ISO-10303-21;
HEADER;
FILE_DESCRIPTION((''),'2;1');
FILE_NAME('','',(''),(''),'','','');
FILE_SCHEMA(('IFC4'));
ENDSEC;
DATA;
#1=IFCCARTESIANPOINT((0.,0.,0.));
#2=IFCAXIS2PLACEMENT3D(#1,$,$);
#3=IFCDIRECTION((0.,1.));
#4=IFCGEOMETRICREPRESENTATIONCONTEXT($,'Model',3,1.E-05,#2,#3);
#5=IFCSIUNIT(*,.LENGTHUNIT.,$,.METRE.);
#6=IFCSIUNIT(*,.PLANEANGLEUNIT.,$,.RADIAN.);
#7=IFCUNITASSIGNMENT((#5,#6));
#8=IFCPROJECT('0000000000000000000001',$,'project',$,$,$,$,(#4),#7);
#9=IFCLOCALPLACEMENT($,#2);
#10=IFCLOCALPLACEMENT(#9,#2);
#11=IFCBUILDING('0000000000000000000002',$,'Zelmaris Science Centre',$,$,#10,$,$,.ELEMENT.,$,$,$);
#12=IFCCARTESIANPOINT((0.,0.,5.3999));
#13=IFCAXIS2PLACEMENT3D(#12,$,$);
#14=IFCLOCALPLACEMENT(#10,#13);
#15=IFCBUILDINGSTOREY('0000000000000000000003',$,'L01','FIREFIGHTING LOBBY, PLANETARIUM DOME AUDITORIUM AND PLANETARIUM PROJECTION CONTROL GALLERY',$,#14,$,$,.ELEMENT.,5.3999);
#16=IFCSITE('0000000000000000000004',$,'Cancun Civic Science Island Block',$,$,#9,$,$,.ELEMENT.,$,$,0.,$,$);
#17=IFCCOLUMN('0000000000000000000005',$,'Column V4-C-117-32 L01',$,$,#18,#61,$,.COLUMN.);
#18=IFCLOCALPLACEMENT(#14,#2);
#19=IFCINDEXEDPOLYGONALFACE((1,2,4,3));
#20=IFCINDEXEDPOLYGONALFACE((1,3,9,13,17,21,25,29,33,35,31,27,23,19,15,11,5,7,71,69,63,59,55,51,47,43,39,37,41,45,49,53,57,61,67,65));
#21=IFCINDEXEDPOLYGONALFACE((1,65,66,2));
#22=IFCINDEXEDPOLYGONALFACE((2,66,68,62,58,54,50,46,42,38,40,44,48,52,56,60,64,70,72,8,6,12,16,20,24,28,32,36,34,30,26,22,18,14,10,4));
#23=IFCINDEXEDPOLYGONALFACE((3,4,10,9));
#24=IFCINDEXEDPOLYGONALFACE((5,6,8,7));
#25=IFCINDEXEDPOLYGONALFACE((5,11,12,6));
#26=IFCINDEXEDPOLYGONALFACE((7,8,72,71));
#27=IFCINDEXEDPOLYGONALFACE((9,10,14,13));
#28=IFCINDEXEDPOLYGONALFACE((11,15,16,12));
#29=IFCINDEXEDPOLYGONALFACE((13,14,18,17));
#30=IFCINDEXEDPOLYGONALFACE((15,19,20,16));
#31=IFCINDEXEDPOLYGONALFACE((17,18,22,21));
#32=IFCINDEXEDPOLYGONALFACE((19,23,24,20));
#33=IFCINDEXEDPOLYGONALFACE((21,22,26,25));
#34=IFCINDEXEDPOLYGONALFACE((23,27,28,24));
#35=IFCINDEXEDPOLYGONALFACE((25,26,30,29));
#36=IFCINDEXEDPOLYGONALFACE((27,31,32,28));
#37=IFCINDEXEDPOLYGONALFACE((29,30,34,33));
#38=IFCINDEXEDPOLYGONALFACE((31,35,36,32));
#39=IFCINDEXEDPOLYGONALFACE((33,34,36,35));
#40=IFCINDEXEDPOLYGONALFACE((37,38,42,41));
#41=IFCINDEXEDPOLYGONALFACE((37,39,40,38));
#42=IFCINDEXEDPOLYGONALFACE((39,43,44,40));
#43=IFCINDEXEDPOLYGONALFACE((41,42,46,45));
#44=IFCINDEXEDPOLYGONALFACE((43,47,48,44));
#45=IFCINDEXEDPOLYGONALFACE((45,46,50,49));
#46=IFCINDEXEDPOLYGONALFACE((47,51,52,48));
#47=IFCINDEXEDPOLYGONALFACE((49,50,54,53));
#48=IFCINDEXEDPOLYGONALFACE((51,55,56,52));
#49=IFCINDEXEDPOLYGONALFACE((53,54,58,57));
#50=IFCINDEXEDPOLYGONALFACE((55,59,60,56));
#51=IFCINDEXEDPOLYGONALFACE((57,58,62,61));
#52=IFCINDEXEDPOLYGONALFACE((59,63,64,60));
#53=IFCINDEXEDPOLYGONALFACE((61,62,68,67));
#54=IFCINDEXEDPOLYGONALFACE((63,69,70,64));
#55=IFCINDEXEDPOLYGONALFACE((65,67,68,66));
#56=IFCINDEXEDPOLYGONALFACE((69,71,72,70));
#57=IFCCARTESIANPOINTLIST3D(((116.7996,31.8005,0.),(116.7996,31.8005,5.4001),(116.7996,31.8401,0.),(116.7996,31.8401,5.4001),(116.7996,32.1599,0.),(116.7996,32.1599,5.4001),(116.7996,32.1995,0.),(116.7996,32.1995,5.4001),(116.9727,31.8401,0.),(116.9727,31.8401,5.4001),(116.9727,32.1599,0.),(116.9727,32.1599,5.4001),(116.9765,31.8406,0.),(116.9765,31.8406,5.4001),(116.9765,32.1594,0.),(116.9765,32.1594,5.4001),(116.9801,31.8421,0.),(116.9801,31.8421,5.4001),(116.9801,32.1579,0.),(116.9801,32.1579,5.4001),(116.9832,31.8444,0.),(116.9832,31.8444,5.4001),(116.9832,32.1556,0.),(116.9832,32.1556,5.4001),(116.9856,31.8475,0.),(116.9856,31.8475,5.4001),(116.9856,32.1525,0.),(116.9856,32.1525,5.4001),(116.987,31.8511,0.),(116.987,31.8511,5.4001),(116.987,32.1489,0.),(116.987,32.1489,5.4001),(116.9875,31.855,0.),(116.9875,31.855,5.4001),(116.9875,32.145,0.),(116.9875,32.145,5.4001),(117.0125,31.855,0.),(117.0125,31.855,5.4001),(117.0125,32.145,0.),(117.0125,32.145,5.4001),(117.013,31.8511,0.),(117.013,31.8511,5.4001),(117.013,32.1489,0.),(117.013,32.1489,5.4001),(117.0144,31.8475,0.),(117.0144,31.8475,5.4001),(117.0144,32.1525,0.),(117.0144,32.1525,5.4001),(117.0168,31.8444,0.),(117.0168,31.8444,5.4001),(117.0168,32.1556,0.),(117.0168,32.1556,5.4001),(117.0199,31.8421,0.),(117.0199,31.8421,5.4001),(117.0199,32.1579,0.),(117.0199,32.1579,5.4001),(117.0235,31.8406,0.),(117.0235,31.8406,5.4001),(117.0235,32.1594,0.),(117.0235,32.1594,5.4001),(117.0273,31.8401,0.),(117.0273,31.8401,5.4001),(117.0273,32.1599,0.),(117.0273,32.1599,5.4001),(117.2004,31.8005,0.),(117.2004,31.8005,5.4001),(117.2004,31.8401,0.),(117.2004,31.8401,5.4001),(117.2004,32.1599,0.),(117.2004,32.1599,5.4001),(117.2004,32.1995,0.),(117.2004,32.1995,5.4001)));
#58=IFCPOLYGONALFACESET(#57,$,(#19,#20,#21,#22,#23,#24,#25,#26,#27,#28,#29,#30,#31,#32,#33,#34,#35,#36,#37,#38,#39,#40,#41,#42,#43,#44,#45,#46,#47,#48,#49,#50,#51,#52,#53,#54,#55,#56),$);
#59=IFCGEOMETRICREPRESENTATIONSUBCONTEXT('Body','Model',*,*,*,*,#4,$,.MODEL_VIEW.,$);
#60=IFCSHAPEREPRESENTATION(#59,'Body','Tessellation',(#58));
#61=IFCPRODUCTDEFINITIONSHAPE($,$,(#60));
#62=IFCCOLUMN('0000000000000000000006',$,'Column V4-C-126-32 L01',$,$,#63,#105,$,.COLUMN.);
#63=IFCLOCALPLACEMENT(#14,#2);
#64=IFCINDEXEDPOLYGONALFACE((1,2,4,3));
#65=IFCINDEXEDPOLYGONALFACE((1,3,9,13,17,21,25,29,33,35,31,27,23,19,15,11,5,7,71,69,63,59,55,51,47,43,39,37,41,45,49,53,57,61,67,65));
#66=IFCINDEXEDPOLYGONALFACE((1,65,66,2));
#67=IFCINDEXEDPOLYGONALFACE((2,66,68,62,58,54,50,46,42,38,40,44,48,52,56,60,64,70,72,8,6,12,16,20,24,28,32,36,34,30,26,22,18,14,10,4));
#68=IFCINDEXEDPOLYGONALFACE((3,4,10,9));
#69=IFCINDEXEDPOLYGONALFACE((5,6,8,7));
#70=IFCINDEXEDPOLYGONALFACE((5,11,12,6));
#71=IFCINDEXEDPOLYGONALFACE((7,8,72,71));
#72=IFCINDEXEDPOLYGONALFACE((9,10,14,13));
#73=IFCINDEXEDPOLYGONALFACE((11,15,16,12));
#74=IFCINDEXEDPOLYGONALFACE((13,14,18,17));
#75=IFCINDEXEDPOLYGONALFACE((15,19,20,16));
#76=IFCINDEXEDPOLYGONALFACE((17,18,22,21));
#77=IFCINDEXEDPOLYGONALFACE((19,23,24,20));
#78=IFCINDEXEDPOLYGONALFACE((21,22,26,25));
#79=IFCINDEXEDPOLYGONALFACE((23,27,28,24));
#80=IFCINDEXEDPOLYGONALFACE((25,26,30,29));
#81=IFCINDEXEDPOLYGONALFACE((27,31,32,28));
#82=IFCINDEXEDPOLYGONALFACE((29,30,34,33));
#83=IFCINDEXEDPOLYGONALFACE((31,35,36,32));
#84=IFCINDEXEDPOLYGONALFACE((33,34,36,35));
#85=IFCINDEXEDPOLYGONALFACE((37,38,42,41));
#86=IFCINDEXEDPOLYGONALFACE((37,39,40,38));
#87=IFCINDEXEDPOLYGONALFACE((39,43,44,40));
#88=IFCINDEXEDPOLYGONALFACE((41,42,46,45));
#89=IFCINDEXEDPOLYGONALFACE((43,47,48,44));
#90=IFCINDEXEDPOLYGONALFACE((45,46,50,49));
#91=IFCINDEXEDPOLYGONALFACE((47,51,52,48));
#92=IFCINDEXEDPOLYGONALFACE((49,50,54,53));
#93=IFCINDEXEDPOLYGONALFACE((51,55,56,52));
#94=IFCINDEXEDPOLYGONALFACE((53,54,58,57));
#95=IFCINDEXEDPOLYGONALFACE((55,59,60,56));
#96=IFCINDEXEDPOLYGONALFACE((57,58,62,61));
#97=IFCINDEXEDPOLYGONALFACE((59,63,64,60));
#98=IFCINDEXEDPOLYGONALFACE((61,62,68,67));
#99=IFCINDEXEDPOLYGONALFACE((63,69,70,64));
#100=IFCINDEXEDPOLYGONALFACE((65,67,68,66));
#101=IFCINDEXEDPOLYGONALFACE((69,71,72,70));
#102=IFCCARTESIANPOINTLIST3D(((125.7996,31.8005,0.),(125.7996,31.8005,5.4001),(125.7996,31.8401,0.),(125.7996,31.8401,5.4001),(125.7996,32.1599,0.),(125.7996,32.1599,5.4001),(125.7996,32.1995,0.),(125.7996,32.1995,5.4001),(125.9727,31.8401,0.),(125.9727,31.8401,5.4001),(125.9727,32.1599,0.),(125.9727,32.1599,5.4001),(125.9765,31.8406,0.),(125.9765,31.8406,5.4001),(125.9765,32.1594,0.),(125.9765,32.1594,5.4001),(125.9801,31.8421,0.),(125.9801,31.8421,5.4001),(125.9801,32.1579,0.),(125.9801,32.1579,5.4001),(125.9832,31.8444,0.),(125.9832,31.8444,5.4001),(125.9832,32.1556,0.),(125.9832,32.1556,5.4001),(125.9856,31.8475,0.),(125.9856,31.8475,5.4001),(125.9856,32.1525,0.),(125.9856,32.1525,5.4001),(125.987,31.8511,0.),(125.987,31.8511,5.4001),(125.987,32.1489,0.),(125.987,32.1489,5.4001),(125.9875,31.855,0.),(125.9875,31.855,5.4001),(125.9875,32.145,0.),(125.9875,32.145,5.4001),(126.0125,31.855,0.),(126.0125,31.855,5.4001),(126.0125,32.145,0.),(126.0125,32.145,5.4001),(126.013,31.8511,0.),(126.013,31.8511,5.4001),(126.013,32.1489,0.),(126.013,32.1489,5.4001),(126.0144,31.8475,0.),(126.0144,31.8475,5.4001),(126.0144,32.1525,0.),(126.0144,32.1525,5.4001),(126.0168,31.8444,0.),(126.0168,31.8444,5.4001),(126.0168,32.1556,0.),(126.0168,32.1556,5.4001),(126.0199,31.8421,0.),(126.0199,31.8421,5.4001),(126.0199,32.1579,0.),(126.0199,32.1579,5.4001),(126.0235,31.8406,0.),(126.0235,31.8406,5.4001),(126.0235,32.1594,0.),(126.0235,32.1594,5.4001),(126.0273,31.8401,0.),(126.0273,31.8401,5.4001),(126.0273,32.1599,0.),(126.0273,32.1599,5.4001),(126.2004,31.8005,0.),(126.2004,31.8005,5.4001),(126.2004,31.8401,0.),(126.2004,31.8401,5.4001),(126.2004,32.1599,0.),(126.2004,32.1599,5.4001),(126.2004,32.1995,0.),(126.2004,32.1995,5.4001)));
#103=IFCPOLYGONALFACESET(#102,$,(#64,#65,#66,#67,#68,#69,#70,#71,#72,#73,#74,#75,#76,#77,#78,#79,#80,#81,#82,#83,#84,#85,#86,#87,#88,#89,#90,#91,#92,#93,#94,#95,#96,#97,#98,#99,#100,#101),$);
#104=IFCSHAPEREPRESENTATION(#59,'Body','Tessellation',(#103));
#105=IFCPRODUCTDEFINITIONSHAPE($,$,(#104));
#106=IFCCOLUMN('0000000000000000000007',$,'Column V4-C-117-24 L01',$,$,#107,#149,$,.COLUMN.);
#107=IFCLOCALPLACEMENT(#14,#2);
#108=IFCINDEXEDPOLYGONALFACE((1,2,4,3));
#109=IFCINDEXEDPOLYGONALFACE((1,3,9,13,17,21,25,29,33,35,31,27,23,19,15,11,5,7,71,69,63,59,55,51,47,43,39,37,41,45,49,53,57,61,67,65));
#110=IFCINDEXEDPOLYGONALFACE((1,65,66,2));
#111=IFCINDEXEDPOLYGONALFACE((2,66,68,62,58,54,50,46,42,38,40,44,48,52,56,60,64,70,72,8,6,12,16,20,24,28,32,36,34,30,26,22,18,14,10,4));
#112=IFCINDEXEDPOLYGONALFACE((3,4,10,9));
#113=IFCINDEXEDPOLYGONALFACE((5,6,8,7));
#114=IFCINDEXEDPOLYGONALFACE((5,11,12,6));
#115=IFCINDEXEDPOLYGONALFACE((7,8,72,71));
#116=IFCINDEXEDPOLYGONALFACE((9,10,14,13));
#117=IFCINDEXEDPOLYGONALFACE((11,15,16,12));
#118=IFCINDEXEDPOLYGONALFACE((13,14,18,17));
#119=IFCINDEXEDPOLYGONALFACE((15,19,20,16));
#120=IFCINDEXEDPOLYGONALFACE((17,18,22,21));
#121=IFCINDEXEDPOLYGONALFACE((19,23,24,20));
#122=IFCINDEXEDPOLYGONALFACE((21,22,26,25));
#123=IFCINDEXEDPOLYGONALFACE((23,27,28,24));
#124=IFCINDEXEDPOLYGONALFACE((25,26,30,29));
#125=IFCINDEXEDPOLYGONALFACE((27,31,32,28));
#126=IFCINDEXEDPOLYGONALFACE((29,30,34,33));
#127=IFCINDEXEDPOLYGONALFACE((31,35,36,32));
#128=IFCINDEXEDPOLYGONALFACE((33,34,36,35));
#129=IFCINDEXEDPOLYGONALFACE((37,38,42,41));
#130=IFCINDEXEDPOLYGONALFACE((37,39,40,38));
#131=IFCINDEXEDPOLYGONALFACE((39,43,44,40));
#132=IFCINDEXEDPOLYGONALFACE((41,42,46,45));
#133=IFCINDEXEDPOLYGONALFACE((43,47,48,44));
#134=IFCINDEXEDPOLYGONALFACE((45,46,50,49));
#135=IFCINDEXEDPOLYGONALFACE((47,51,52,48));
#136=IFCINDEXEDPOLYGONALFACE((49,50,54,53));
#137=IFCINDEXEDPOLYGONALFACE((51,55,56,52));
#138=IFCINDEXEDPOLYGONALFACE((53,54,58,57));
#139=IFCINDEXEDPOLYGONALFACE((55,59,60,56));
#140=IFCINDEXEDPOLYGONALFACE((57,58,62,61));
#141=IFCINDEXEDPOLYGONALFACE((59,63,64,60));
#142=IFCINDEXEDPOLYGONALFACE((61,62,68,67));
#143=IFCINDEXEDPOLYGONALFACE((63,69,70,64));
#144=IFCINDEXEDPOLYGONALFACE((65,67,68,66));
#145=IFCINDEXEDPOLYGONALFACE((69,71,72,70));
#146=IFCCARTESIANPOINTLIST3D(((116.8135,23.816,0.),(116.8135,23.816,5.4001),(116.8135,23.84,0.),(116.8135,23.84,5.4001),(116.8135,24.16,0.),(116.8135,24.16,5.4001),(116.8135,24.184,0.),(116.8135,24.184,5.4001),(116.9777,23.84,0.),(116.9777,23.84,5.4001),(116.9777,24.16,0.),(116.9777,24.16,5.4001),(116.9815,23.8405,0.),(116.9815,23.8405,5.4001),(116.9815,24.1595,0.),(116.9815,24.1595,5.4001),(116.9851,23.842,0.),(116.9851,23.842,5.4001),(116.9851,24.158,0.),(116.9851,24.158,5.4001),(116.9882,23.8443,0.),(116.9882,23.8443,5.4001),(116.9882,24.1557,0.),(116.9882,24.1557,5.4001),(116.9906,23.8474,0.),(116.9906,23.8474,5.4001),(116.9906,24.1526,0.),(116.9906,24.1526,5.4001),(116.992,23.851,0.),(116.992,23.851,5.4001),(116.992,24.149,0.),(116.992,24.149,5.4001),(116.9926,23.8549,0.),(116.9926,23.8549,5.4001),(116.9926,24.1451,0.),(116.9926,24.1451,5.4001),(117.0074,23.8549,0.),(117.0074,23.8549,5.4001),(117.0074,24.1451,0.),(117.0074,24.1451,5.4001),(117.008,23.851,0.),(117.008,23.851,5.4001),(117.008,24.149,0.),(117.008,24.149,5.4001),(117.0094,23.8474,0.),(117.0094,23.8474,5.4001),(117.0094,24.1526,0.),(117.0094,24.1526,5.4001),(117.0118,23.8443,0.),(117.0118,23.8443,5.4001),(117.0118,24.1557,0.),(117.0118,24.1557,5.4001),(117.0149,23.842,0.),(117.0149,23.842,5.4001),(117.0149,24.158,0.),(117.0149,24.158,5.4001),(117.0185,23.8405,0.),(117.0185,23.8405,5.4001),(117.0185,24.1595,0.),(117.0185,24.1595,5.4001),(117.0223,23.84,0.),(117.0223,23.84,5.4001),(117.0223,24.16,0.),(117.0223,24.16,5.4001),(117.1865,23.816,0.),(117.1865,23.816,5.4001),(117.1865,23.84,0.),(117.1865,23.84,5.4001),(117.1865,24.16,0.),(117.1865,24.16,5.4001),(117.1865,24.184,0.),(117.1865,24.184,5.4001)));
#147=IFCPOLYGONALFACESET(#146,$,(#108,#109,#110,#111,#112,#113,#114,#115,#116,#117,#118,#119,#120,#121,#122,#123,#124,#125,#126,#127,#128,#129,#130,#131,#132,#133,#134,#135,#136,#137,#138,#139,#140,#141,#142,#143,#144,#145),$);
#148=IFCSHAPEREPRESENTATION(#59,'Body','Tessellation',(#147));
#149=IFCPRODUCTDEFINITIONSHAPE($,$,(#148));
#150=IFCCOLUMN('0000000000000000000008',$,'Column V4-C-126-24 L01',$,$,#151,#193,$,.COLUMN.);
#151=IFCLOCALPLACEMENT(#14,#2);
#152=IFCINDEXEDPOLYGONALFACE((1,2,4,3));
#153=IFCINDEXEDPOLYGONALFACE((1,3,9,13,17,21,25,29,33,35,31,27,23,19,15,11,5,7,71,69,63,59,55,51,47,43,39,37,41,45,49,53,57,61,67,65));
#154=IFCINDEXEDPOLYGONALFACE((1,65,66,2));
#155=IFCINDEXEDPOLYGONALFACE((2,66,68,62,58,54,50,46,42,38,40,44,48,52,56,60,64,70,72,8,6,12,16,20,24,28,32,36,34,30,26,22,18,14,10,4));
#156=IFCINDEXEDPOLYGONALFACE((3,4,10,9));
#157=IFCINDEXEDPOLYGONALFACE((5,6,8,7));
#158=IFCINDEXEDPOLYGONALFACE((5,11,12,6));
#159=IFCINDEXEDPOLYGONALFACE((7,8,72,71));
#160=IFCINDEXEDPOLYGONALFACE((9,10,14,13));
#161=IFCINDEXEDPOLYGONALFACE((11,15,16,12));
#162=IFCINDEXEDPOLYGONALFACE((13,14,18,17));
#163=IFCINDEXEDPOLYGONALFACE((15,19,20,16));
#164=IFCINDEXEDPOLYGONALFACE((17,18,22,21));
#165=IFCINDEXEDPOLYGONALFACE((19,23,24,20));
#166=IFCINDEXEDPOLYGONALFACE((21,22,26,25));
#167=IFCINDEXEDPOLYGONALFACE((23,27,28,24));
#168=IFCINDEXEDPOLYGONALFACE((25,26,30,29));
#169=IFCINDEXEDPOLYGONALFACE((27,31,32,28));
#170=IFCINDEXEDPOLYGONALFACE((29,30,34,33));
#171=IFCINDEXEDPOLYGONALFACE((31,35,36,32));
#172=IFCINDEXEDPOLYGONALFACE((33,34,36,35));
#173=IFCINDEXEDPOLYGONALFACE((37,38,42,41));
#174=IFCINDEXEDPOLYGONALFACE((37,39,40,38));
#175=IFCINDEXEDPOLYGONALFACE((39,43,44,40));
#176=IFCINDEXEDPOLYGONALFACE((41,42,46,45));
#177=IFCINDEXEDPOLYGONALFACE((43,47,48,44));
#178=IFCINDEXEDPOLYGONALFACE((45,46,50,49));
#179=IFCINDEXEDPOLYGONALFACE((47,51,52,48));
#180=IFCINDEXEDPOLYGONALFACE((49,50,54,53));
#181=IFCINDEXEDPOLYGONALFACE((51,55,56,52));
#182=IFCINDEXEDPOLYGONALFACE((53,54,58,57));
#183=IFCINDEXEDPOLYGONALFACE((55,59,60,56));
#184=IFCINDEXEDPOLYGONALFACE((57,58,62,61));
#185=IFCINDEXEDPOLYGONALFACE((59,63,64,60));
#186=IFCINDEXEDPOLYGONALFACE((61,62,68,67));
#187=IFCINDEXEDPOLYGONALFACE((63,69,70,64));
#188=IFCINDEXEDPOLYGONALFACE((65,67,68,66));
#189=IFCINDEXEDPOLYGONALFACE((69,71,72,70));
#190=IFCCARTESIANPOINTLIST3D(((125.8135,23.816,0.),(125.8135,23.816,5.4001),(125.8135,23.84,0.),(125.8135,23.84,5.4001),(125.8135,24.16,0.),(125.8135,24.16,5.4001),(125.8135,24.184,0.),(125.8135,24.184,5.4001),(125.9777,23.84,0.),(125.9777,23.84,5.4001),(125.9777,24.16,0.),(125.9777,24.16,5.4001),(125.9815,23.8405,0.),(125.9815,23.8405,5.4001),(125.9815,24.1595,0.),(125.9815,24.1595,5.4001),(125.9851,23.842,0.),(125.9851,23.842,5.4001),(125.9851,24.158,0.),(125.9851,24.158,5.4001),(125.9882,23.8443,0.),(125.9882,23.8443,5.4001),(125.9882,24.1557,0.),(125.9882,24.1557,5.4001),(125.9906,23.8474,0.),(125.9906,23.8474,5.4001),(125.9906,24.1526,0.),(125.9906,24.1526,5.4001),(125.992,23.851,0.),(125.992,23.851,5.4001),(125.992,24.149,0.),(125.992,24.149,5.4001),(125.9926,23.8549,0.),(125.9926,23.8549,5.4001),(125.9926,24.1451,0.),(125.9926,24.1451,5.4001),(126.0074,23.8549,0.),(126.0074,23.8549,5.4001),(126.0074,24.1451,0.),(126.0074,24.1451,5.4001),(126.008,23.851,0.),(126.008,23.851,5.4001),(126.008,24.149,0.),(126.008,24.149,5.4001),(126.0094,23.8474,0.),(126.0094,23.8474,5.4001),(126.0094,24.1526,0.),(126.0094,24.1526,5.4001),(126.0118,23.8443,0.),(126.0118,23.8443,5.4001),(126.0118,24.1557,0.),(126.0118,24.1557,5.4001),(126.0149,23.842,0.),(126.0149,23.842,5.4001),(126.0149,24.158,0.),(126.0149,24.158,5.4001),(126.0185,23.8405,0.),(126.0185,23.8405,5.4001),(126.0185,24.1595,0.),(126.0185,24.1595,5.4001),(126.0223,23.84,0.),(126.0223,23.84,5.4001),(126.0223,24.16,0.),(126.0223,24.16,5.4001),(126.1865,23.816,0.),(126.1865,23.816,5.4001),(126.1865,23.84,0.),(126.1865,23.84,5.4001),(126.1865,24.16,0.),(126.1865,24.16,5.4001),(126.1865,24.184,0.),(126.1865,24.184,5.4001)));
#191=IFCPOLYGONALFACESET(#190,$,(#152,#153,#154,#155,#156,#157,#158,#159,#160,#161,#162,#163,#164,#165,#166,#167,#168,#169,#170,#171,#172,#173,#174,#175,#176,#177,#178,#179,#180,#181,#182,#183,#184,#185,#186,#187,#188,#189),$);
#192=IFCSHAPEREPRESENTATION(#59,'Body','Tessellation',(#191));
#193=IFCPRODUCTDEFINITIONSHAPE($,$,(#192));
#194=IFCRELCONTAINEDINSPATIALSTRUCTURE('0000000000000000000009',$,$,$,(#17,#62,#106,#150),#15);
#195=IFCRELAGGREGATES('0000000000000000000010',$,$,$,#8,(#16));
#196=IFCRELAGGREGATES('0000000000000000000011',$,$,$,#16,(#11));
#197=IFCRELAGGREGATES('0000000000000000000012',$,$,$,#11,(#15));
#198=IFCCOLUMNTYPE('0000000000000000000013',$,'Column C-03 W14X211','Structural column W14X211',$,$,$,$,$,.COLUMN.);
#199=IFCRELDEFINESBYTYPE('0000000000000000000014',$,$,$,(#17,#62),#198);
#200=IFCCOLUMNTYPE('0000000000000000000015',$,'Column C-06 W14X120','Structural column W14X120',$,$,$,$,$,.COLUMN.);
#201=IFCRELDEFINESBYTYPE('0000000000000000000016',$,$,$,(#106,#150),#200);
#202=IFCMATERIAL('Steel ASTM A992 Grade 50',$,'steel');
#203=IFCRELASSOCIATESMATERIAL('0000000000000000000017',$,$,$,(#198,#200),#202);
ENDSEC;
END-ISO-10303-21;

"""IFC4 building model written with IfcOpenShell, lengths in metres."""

from ifc_helpers import new_model, si_unit, direction, frame, origin, origin_2d, place, context, subcontext, project, spatial, i_section, extrude, material, material_profile, profile_set, type_object, element, save


model = new_model("IFC4")

# Units and contexts
model_context = context("Model", 3, precision=1e-05, world=origin(), true_north=direction((0.0, 1.0)))
body_context = subcontext(model_context, "Body", "Model", "MODEL_VIEW")
ifc_project = project(units=[si_unit("LENGTHUNIT", "METRE"), si_unit("PLANEANGLEUNIT", "RADIAN")], contexts=[model_context])

# Site, building, storey
site_placement = place(None, origin())
site = spatial("IfcSite", under=ifc_project, at=site_placement, Name="Cancun Civic Science Island Block", CompositionType="ELEMENT", RefElevation=0.0)
building_placement = place(site_placement, origin())
building = spatial("IfcBuilding", under=site, at=building_placement, Name="Zelmaris Science Centre", CompositionType="ELEMENT")
storey_placement = place(building_placement, frame((0.0, 0.0, 5.3999)))
storey = spatial("IfcBuildingStorey", under=building, at=storey_placement, Name="L01", Description="FIREFIGHTING LOBBY, PLANETARIUM DOME AUDITORIUM AND PLANETARIUM PROJECTION CONTROL GALLERY", CompositionType="ELEMENT", Elevation=5.3999)

# Columns
ifc_material_1 = material(Name="Steel ASTM A992 Grade 50", Category="steel")
ifc_material_profile_1 = material_profile(ifc_material_1, i_section(OverallWidth=0.4009, OverallDepth=0.3989, WebThickness=0.0249, FlangeThickness=0.0396, FilletRadius=0.0149, at=origin_2d()), Name="W14X211")
ifc_profile_set_1 = profile_set([ifc_material_profile_1], Name="Steel ASTM A992 Grade 50")
column_type_1 = type_object("IfcColumnType", Name="Column C-03 W14X211", Description="Structural column W14X211", PredefinedType="COLUMN", material=ifc_profile_set_1)
for number, where, z_axis, x_axis, name in (
    (1, (117.0, 32.0, 0.0), (0.0, 0.0, 1.0), (1.0, 0.0, 0.0), "Column V4-C-117-32 L01"),
    (2, (126.0, 32.0, 0.0), (0.0, 0.0, 1.0), (1.0, 0.0, 0.0), "Column V4-C-126-32 L01"),
):
    element("IfcColumn", number, at=place(storey_placement, frame(where, z_axis=z_axis, x_axis=x_axis)), inside=storey, type_object=column_type_1, Name=name, PredefinedType="COLUMN", context=body_context, shape_type="SweptSolid", body=[
        extrude(i_section(OverallWidth=0.4009, OverallDepth=0.3989, WebThickness=0.0249, FlangeThickness=0.0396, FilletRadius=0.0149, at=origin_2d()), origin(), (0.0, 0.0, 1.0), 5.4001),
    ])
ifc_material_profile_2 = material_profile(ifc_material_1, i_section(OverallWidth=0.373, OverallDepth=0.3679, WebThickness=0.0149, FlangeThickness=0.0239, FilletRadius=0.0149, at=origin_2d()), Name="W14X120")
ifc_profile_set_2 = profile_set([ifc_material_profile_2], Name="Steel ASTM A992 Grade 50")
column_type_2 = type_object("IfcColumnType", Name="Column C-06 W14X120", Description="Structural column W14X120", PredefinedType="COLUMN", material=ifc_profile_set_2)
for number, where, z_axis, x_axis, name in (
    (3, (117.0, 24.0, 0.0), (0.0, 0.0, 1.0), (1.0, 0.0, 0.0), "Column V4-C-117-24 L01"),
    (4, (126.0, 24.0, 0.0), (0.0, 0.0, 1.0), (1.0, 0.0, 0.0), "Column V4-C-126-24 L01"),
):
    element("IfcColumn", number, at=place(storey_placement, frame(where, z_axis=z_axis, x_axis=x_axis)), inside=storey, type_object=column_type_2, Name=name, PredefinedType="COLUMN", context=body_context, shape_type="SweptSolid", body=[
        extrude(i_section(OverallWidth=0.373, OverallDepth=0.3679, WebThickness=0.0149, FlangeThickness=0.0239, FilletRadius=0.0149, at=origin_2d()), origin(), (0.0, 0.0, 1.0), 5.4001),
    ])

save(model, "model.ifc")
